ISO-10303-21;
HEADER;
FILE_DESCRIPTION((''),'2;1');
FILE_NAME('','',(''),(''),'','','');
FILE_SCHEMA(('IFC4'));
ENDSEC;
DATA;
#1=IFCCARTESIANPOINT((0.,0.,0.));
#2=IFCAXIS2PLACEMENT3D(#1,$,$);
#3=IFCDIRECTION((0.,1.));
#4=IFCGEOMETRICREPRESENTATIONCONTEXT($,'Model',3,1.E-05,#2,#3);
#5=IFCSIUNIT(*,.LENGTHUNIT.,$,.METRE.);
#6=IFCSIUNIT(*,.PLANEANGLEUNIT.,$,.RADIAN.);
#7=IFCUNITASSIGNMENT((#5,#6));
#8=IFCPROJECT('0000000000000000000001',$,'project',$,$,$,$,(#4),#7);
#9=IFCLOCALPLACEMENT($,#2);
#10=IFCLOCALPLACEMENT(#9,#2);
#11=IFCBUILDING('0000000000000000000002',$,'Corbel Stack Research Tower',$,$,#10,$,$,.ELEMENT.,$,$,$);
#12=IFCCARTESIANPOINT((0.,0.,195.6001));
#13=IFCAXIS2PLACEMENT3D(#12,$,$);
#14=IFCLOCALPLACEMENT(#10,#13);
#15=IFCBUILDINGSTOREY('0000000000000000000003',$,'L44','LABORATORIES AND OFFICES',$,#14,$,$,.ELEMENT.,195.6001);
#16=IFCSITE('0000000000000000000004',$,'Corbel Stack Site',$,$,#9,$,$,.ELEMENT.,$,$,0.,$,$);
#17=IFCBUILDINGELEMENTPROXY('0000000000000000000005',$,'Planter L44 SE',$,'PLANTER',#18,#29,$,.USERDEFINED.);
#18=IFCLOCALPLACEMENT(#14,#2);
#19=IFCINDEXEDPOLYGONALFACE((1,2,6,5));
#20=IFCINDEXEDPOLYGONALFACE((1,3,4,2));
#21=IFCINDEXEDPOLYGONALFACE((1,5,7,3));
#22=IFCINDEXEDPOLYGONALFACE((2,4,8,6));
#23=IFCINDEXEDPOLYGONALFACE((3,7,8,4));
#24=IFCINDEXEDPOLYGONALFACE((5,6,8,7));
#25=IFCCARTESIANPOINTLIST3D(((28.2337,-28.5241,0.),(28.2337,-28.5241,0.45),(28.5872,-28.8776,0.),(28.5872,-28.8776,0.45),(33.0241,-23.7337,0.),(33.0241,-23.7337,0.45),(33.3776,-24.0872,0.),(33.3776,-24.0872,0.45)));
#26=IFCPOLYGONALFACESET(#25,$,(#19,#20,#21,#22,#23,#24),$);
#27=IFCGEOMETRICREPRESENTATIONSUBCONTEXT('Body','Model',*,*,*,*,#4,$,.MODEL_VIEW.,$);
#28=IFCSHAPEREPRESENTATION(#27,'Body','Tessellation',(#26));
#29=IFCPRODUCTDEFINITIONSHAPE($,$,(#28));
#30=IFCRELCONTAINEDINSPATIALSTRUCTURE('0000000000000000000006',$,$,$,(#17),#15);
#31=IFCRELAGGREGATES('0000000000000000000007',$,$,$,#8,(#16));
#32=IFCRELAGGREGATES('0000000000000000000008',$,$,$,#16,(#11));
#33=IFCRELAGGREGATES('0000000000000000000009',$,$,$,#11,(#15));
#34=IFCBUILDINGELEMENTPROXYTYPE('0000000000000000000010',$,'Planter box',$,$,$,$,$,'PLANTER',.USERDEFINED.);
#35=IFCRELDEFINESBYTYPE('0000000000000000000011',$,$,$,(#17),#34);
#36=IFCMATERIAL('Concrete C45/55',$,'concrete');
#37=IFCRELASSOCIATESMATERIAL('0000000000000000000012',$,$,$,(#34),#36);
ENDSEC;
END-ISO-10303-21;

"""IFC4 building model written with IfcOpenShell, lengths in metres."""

from ifc_helpers import new_model, si_unit, direction, frame, origin, origin_2d, place, context, subcontext, project, spatial, rectangle, extrude, material, type_object, element, save


model = new_model("IFC4")

# Units and contexts
model_context = context("Model", 3, precision=1e-05, world=origin(), true_north=direction((0.0, 1.0)))
body_context = subcontext(model_context, "Body", "Model", "MODEL_VIEW")
ifc_project = project(units=[si_unit("LENGTHUNIT", "METRE"), si_unit("PLANEANGLEUNIT", "RADIAN")], contexts=[model_context])

# Site, building, storey
site_placement = place(None, origin())
site = spatial("IfcSite", under=ifc_project, at=site_placement, Name="Corbel Stack Site", CompositionType="ELEMENT", RefElevation=0.0)
building_placement = place(site_placement, origin())
building = spatial("IfcBuilding", under=site, at=building_placement, Name="Corbel Stack Research Tower", CompositionType="ELEMENT")
storey_placement = place(building_placement, frame((0.0, 0.0, 195.6001)))
storey = spatial("IfcBuildingStorey", under=building, at=storey_placement, Name="L44", Description="LABORATORIES AND OFFICES", CompositionType="ELEMENT", Elevation=195.6001)

# Building element proxy
ifc_material_1 = material(Name="Concrete C45/55", Category="concrete")
building_element_proxy_type = type_object("IfcBuildingElementProxyType", Name="Planter box", ElementType="PLANTER", PredefinedType="USERDEFINED", material=ifc_material_1)
proxy_placement = place(storey_placement, frame((30.8057, -26.3057, 0.0), z_axis=(0.0, 0.0, 1.0), x_axis=(0.707107, 0.707107, 0.0)))
element("IfcBuildingElementProxy", 1, at=proxy_placement, inside=storey, type_object=building_element_proxy_type, Name="Planter L44 SE", ObjectType="PLANTER", PredefinedType="USERDEFINED", context=body_context, shape_type="SweptSolid", body=[
    extrude(rectangle(XDim=6.7747, YDim=0.5, at=origin_2d()), origin(), (0.0, 0.0, 1.0), 0.45),
])

save(model, "model.ifc")
